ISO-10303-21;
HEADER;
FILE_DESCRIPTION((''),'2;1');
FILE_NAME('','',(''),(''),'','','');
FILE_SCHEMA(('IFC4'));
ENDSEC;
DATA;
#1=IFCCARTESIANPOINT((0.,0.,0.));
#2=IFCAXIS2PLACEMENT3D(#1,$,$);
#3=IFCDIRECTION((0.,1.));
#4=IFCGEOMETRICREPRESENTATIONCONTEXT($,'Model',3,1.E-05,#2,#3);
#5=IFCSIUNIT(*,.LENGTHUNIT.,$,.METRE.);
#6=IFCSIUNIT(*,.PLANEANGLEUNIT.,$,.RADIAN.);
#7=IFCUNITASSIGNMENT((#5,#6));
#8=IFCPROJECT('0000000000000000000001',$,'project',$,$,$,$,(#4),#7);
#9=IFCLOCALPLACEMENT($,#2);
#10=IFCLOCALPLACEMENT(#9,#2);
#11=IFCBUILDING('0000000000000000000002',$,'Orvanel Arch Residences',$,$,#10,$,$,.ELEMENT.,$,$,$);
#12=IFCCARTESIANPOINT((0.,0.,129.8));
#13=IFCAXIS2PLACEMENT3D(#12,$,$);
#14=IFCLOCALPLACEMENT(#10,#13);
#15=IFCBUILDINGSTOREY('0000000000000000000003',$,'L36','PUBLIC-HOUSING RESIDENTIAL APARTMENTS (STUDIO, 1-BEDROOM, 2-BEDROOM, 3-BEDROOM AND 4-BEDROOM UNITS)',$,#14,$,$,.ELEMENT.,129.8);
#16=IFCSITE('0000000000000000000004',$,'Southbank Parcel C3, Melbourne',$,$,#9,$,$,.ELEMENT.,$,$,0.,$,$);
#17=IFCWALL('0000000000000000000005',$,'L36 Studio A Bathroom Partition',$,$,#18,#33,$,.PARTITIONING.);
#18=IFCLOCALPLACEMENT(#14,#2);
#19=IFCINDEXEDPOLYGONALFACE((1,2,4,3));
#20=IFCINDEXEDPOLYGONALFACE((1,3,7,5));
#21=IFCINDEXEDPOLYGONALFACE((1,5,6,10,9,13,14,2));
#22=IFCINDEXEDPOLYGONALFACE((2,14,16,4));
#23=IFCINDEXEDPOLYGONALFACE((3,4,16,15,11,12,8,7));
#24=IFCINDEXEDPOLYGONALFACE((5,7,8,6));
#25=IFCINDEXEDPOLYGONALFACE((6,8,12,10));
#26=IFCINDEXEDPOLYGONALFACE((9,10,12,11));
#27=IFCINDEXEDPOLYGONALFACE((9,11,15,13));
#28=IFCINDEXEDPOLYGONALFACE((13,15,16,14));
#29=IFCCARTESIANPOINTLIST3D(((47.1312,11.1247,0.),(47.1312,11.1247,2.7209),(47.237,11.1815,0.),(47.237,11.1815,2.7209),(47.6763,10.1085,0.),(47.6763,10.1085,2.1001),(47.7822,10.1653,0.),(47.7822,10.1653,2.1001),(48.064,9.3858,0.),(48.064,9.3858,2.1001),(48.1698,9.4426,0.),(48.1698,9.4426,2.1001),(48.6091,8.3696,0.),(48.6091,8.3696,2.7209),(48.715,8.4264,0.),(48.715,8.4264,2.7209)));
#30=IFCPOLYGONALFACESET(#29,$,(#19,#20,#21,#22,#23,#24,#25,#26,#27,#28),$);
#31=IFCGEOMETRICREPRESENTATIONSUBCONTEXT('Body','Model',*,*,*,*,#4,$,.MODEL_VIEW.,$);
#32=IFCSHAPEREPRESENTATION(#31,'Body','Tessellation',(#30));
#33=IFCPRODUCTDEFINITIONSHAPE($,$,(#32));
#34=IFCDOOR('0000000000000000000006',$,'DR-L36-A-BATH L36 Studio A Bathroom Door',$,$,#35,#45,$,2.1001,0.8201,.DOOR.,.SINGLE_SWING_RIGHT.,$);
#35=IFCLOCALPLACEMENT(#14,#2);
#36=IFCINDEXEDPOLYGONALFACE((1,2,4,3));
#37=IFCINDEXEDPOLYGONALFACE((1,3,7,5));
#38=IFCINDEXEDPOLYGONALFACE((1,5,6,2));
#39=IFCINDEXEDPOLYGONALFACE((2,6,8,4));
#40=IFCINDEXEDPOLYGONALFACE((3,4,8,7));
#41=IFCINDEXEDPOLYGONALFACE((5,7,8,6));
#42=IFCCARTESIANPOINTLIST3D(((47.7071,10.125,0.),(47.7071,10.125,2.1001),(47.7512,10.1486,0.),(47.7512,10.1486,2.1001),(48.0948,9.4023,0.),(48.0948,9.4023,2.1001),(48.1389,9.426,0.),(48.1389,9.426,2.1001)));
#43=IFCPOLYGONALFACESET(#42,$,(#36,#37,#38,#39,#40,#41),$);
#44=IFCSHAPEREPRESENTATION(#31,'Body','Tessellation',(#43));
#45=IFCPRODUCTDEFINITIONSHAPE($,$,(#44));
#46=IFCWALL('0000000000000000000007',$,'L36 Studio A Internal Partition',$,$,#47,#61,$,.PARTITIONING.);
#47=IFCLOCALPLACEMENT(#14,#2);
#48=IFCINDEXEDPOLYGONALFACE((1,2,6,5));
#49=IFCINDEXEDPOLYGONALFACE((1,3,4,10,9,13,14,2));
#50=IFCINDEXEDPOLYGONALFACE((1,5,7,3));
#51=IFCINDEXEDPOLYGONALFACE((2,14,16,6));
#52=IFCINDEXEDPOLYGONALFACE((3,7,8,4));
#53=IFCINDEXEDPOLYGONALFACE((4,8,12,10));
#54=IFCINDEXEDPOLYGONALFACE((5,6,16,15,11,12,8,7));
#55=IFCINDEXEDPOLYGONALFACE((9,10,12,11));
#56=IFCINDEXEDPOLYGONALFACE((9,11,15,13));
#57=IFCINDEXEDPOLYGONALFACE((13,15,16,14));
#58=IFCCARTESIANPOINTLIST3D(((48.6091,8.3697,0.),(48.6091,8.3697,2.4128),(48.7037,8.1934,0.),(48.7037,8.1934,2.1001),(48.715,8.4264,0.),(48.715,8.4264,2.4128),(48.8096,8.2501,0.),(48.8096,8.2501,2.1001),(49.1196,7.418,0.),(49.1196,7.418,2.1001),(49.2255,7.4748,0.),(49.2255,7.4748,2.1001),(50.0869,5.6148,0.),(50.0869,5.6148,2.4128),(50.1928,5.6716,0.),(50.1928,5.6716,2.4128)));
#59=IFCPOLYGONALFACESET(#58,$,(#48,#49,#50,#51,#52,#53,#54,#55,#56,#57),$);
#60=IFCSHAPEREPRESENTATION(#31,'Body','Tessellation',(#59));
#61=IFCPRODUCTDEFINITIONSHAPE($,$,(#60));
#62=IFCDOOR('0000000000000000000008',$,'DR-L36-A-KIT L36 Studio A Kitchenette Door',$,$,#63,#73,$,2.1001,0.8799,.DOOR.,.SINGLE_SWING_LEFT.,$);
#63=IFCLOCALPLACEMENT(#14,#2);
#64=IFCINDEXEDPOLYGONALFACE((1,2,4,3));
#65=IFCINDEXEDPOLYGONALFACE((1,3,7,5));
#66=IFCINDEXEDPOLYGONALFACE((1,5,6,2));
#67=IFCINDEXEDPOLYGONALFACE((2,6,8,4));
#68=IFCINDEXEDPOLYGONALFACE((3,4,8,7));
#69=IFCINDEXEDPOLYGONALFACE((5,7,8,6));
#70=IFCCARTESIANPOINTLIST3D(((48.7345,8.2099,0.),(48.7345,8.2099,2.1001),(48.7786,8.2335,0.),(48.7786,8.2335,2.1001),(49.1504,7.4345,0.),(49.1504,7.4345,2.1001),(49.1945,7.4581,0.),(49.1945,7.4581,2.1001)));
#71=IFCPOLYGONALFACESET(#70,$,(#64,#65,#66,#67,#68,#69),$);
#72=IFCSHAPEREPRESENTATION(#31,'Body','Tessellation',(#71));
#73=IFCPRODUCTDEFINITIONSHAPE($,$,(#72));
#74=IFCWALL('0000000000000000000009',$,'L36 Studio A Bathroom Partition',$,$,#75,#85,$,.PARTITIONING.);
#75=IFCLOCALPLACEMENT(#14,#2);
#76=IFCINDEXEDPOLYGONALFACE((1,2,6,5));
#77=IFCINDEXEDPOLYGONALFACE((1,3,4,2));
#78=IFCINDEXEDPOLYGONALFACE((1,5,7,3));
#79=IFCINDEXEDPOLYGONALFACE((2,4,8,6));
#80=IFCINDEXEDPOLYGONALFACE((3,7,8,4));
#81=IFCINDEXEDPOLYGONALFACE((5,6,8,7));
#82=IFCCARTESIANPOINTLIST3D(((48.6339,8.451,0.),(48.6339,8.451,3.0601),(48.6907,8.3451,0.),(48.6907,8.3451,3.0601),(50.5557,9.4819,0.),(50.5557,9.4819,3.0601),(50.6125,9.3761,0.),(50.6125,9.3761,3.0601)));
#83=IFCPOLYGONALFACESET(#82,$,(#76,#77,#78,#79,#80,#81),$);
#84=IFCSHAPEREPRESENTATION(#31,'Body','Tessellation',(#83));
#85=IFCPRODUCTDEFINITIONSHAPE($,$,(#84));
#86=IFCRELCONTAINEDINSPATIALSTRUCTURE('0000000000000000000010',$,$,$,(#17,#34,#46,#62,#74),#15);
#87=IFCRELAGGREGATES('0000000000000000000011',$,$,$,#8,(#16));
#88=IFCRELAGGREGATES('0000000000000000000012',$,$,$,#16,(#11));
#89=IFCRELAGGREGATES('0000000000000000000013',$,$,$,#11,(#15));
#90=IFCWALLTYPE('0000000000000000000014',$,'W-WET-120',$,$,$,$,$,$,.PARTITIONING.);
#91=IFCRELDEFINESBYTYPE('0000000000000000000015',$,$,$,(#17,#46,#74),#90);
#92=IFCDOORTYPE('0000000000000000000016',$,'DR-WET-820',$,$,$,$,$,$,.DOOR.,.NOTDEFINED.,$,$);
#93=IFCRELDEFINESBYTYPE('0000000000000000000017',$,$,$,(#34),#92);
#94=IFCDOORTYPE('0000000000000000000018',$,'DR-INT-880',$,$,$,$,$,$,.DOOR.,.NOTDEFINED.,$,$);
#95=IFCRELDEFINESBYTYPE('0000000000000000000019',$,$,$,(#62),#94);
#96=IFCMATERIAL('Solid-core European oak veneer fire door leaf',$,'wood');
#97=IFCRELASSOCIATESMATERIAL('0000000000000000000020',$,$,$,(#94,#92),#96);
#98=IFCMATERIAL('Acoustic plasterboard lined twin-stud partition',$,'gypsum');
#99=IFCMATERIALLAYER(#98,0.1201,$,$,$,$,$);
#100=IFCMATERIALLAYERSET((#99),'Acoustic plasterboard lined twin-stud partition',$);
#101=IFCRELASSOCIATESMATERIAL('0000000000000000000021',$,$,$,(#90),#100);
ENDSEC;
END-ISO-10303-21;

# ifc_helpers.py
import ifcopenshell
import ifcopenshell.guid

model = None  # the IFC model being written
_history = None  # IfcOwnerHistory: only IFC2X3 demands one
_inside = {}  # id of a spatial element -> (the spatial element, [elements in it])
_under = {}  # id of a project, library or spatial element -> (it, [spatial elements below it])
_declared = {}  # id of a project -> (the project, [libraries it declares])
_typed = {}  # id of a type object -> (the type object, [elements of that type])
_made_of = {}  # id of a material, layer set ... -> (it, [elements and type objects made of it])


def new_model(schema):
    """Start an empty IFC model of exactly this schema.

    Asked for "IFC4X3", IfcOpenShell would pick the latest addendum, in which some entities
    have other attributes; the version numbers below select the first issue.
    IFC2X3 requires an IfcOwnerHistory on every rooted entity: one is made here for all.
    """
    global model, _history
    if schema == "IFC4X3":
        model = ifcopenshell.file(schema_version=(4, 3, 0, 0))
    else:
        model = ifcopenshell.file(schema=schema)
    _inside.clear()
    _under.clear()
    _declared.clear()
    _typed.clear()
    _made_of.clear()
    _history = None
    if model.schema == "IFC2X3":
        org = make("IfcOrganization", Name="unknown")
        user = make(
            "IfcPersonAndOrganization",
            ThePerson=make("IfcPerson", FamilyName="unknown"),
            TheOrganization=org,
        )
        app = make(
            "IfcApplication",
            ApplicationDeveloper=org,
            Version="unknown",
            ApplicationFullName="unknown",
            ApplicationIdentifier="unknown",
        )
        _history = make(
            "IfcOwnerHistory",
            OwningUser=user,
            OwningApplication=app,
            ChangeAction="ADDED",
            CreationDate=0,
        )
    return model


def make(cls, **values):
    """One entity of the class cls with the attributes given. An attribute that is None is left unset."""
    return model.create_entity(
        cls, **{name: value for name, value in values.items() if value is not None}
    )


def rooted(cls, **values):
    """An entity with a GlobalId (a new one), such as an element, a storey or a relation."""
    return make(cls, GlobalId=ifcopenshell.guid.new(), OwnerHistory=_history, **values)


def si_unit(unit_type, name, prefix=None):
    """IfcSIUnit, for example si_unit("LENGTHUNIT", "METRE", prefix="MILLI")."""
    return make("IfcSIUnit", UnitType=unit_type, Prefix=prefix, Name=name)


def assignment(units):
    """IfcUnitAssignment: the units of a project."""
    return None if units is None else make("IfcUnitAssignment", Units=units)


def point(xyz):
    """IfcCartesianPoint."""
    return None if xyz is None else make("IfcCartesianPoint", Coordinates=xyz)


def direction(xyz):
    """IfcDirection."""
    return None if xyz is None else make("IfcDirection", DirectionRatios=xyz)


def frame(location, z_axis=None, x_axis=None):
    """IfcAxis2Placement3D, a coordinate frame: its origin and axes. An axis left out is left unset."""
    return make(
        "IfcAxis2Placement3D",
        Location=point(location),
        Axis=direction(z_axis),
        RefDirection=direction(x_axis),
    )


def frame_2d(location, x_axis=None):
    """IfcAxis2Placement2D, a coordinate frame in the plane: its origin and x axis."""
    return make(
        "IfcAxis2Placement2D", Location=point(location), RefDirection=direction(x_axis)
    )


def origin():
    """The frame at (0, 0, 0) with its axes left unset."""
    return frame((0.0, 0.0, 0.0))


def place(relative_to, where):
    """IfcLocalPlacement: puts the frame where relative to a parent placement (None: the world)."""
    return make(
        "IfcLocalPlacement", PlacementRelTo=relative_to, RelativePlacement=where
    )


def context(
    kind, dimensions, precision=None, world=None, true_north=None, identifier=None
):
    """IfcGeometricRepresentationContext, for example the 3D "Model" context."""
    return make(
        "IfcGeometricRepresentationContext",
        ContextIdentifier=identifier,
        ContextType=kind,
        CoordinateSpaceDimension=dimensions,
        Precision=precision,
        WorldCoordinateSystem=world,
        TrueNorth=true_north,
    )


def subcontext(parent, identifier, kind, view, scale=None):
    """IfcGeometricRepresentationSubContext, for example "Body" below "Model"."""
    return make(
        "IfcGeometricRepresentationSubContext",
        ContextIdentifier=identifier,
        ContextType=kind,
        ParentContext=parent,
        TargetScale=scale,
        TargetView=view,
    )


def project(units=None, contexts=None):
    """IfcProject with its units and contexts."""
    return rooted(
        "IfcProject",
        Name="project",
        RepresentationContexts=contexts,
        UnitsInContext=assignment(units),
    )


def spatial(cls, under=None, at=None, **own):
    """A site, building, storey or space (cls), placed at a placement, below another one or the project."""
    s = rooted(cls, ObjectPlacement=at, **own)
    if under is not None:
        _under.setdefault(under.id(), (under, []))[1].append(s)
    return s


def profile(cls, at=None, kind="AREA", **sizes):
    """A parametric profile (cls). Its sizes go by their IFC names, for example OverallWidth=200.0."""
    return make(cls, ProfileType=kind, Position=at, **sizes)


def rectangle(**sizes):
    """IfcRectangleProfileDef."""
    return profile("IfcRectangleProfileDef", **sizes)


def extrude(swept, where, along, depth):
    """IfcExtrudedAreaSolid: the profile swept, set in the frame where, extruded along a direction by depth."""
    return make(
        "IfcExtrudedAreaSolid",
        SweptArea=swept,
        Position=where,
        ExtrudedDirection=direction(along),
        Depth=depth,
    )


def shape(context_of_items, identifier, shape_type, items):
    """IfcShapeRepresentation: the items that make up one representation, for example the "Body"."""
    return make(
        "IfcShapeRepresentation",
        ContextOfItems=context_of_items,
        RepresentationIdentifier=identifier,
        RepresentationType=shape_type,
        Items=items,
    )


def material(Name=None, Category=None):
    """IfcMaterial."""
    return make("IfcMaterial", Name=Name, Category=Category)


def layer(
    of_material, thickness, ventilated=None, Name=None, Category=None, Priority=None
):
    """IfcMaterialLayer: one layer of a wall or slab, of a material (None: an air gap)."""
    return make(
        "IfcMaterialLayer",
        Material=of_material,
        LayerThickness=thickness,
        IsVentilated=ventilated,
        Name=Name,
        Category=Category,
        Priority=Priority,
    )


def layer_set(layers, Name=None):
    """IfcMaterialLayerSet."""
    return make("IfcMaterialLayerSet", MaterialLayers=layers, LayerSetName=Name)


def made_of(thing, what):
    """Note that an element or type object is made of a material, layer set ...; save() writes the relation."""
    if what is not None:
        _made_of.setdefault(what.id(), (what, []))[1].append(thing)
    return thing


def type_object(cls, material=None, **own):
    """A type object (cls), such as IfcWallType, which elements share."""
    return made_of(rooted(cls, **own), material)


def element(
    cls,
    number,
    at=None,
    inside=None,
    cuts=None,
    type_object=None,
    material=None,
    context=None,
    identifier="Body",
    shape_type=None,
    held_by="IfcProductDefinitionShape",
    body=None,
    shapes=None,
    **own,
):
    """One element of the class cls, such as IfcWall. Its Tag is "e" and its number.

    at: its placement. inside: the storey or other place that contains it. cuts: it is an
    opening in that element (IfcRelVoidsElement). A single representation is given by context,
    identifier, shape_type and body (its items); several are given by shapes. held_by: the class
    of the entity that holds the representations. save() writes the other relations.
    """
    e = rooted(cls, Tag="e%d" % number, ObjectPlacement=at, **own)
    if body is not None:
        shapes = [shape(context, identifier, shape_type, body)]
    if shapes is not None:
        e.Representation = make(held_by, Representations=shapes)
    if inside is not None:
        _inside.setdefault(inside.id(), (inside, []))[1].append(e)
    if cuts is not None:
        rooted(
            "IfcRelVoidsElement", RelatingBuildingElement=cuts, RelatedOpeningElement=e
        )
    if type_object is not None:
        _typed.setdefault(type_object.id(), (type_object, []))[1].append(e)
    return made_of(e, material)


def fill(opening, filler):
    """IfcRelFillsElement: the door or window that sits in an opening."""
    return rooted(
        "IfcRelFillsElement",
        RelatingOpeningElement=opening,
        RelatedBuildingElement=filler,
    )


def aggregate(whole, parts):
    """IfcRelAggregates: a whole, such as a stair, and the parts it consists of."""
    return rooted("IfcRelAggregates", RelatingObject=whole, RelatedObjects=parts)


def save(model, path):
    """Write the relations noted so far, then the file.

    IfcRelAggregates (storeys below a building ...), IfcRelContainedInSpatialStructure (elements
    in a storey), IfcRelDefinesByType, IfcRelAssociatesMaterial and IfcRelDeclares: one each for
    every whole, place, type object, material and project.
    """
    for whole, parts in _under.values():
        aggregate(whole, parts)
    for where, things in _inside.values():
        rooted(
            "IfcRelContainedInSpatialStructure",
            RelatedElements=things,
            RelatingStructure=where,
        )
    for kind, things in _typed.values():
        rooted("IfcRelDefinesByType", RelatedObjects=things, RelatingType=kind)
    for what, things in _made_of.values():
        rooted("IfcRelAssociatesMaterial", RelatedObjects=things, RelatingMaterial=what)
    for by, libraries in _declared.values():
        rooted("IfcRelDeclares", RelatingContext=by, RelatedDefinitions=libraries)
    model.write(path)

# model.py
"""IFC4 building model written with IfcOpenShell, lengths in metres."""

from ifc_helpers import new_model, si_unit, direction, frame, frame_2d, origin, place, context, subcontext, project, spatial, rectangle, extrude, material, layer, layer_set, type_object, element, fill, save


model = new_model("IFC4")

# Units and contexts
model_context = context("Model", 3, precision=1e-05, world=origin(), true_north=direction((0.0, 1.0)))
body_context = subcontext(model_context, "Body", "Model", "MODEL_VIEW")
ifc_project = project(units=[si_unit("LENGTHUNIT", "METRE"), si_unit("PLANEANGLEUNIT", "RADIAN")], contexts=[model_context])

# Site, building, storey
site_placement = place(None, origin())
site = spatial("IfcSite", under=ifc_project, at=site_placement, Name="Southbank Parcel C3, Melbourne", CompositionType="ELEMENT", RefElevation=0.0)
building_placement = place(site_placement, origin())
building = spatial("IfcBuilding", under=site, at=building_placement, Name="Orvanel Arch Residences", CompositionType="ELEMENT")
storey_placement = place(building_placement, frame((0.0, 0.0, 129.8)))
storey = spatial("IfcBuildingStorey", under=building, at=storey_placement, Name="L36", Description="PUBLIC-HOUSING RESIDENTIAL APARTMENTS (STUDIO, 1-BEDROOM, 2-BEDROOM, 3-BEDROOM AND 4-BEDROOM UNITS)", CompositionType="ELEMENT", Elevation=129.8)

# Shared definitions
ifc_material_1 = material(Name="Solid-core European oak veneer fire door leaf", Category="wood")
door_type_1 = type_object("IfcDoorType", Name="DR-INT-880", OperationType="NOTDEFINED", PredefinedType="DOOR", material=ifc_material_1)

# Shared definitions
ifc_material_2 = material(Name="Acoustic plasterboard lined twin-stud partition", Category="gypsum")
ifc_layer_1 = layer(ifc_material_2, 0.1201)
ifc_layer_set_1 = layer_set([ifc_layer_1], Name="Acoustic plasterboard lined twin-stud partition")
wall_type_1 = type_object("IfcWallType", Name="W-WET-120", PredefinedType="PARTITIONING", material=ifc_layer_set_1)

# Walls, openings, doors
wall_1_placement = place(storey_placement, frame((47.1841, 11.1531, 0.0), z_axis=(0.0, 0.0, 1.0), x_axis=(0.472735, -0.881205, 0.0)))
wall_1 = element("IfcWall", 1, at=wall_1_placement, inside=storey, type_object=wall_type_1, Name="L36 Studio A Bathroom Partition", PredefinedType="PARTITIONING", context=body_context, shape_type="SweptSolid", body=[
    extrude(rectangle(XDim=3.1265, YDim=0.1201, at=frame_2d((1.5632, 0.0))), origin(), (0.0, 0.0, 1.0), 2.7209),
])
opening_1_placement = place(wall_1_placement, frame((1.1531, 0.0, 0.0)))
opening_1 = element("IfcOpeningElement", 2, at=opening_1_placement, cuts=wall_1, PredefinedType="OPENING", context=body_context, shape_type="SweptSolid", body=[
    extrude(rectangle(XDim=0.8201, YDim=2.1001, at=frame_2d((0.4102, 1.05))), frame((0.0, 0.0701, 0.0), z_axis=(0.0, -1.0, 0.0), x_axis=(1.0, 0.0, 0.0)), (0.0, 0.0, 1.0), 0.1401),
])
door_type_2 = type_object("IfcDoorType", Name="DR-WET-820", OperationType="NOTDEFINED", PredefinedType="DOOR", material=ifc_material_1)
door_1_placement = place(opening_1_placement, origin())
door_1 = element("IfcDoor", 3, at=door_1_placement, inside=storey, type_object=door_type_2, Name="DR-L36-A-BATH L36 Studio A Bathroom Door", OperationType="SINGLE_SWING_RIGHT", OverallHeight=2.1001, OverallWidth=0.8201, PredefinedType="DOOR", context=body_context, shape_type="SweptSolid", body=[
    extrude(rectangle(XDim=0.8201, YDim=2.1001, at=frame_2d((0.4102, 1.05))), frame((0.0, 0.0249, 0.0), z_axis=(0.0, -1.0, 0.0), x_axis=(1.0, 0.0, 0.0)), (0.0, 0.0, 1.0), 0.05),
])
fill(opening_1, door_1)
wall_2_placement = place(storey_placement, frame((48.6621, 8.3979, 0.0), z_axis=(0.0, 0.0, 1.0), x_axis=(0.472707, -0.88122, 0.0)))
wall_2 = element("IfcWall", 4, at=wall_2_placement, inside=storey, type_object=wall_type_1, Name="L36 Studio A Internal Partition", PredefinedType="PARTITIONING", context=body_context, shape_type="SweptSolid", body=[
    extrude(rectangle(XDim=3.1262, YDim=0.1201, at=frame_2d((1.563, 0.0))), origin(), (0.0, 0.0, 1.0), 2.4128),
])
opening_2_placement = place(wall_2_placement, frame((0.2, 0.0, 0.0)))
opening_2 = element("IfcOpeningElement", 5, at=opening_2_placement, cuts=wall_2, PredefinedType="OPENING", context=body_context, shape_type="SweptSolid", body=[
    extrude(rectangle(XDim=0.8799, YDim=2.1001, at=frame_2d((0.4399, 1.05))), frame((0.0, 0.0701, 0.0), z_axis=(0.0, -1.0, 0.0), x_axis=(1.0, 0.0, 0.0)), (0.0, 0.0, 1.0), 0.1401),
])
door_2_placement = place(opening_2_placement, origin())
door_2 = element("IfcDoor", 6, at=door_2_placement, inside=storey, type_object=door_type_1, Name="DR-L36-A-KIT L36 Studio A Kitchenette Door", OperationType="SINGLE_SWING_LEFT", OverallHeight=2.1001, OverallWidth=0.8799, PredefinedType="DOOR", context=body_context, shape_type="SweptSolid", body=[
    extrude(rectangle(XDim=0.8799, YDim=2.1001, at=frame_2d((0.4399, 1.05))), frame((0.0, 0.0249, 0.0), z_axis=(0.0, -1.0, 0.0), x_axis=(1.0, 0.0, 0.0)), (0.0, 0.0, 1.0), 0.05),
])
fill(opening_2, door_2)

# Wall
wall_3_placement = place(storey_placement, frame((50.584, 9.429, 0.0), z_axis=(0.0, 0.0, 1.0), x_axis=(-0.881207, -0.472731, 0.0)))
element("IfcWall", 7, at=wall_3_placement, inside=storey, type_object=wall_type_1, Name="L36 Studio A Bathroom Partition", PredefinedType="PARTITIONING", context=body_context, shape_type="SweptSolid", body=[
    extrude(rectangle(XDim=2.1809, YDim=0.1201, at=frame_2d((1.0903, 0.0))), origin(), (0.0, 0.0, 1.0), 3.0601),
])

save(model, "model.ifc")
